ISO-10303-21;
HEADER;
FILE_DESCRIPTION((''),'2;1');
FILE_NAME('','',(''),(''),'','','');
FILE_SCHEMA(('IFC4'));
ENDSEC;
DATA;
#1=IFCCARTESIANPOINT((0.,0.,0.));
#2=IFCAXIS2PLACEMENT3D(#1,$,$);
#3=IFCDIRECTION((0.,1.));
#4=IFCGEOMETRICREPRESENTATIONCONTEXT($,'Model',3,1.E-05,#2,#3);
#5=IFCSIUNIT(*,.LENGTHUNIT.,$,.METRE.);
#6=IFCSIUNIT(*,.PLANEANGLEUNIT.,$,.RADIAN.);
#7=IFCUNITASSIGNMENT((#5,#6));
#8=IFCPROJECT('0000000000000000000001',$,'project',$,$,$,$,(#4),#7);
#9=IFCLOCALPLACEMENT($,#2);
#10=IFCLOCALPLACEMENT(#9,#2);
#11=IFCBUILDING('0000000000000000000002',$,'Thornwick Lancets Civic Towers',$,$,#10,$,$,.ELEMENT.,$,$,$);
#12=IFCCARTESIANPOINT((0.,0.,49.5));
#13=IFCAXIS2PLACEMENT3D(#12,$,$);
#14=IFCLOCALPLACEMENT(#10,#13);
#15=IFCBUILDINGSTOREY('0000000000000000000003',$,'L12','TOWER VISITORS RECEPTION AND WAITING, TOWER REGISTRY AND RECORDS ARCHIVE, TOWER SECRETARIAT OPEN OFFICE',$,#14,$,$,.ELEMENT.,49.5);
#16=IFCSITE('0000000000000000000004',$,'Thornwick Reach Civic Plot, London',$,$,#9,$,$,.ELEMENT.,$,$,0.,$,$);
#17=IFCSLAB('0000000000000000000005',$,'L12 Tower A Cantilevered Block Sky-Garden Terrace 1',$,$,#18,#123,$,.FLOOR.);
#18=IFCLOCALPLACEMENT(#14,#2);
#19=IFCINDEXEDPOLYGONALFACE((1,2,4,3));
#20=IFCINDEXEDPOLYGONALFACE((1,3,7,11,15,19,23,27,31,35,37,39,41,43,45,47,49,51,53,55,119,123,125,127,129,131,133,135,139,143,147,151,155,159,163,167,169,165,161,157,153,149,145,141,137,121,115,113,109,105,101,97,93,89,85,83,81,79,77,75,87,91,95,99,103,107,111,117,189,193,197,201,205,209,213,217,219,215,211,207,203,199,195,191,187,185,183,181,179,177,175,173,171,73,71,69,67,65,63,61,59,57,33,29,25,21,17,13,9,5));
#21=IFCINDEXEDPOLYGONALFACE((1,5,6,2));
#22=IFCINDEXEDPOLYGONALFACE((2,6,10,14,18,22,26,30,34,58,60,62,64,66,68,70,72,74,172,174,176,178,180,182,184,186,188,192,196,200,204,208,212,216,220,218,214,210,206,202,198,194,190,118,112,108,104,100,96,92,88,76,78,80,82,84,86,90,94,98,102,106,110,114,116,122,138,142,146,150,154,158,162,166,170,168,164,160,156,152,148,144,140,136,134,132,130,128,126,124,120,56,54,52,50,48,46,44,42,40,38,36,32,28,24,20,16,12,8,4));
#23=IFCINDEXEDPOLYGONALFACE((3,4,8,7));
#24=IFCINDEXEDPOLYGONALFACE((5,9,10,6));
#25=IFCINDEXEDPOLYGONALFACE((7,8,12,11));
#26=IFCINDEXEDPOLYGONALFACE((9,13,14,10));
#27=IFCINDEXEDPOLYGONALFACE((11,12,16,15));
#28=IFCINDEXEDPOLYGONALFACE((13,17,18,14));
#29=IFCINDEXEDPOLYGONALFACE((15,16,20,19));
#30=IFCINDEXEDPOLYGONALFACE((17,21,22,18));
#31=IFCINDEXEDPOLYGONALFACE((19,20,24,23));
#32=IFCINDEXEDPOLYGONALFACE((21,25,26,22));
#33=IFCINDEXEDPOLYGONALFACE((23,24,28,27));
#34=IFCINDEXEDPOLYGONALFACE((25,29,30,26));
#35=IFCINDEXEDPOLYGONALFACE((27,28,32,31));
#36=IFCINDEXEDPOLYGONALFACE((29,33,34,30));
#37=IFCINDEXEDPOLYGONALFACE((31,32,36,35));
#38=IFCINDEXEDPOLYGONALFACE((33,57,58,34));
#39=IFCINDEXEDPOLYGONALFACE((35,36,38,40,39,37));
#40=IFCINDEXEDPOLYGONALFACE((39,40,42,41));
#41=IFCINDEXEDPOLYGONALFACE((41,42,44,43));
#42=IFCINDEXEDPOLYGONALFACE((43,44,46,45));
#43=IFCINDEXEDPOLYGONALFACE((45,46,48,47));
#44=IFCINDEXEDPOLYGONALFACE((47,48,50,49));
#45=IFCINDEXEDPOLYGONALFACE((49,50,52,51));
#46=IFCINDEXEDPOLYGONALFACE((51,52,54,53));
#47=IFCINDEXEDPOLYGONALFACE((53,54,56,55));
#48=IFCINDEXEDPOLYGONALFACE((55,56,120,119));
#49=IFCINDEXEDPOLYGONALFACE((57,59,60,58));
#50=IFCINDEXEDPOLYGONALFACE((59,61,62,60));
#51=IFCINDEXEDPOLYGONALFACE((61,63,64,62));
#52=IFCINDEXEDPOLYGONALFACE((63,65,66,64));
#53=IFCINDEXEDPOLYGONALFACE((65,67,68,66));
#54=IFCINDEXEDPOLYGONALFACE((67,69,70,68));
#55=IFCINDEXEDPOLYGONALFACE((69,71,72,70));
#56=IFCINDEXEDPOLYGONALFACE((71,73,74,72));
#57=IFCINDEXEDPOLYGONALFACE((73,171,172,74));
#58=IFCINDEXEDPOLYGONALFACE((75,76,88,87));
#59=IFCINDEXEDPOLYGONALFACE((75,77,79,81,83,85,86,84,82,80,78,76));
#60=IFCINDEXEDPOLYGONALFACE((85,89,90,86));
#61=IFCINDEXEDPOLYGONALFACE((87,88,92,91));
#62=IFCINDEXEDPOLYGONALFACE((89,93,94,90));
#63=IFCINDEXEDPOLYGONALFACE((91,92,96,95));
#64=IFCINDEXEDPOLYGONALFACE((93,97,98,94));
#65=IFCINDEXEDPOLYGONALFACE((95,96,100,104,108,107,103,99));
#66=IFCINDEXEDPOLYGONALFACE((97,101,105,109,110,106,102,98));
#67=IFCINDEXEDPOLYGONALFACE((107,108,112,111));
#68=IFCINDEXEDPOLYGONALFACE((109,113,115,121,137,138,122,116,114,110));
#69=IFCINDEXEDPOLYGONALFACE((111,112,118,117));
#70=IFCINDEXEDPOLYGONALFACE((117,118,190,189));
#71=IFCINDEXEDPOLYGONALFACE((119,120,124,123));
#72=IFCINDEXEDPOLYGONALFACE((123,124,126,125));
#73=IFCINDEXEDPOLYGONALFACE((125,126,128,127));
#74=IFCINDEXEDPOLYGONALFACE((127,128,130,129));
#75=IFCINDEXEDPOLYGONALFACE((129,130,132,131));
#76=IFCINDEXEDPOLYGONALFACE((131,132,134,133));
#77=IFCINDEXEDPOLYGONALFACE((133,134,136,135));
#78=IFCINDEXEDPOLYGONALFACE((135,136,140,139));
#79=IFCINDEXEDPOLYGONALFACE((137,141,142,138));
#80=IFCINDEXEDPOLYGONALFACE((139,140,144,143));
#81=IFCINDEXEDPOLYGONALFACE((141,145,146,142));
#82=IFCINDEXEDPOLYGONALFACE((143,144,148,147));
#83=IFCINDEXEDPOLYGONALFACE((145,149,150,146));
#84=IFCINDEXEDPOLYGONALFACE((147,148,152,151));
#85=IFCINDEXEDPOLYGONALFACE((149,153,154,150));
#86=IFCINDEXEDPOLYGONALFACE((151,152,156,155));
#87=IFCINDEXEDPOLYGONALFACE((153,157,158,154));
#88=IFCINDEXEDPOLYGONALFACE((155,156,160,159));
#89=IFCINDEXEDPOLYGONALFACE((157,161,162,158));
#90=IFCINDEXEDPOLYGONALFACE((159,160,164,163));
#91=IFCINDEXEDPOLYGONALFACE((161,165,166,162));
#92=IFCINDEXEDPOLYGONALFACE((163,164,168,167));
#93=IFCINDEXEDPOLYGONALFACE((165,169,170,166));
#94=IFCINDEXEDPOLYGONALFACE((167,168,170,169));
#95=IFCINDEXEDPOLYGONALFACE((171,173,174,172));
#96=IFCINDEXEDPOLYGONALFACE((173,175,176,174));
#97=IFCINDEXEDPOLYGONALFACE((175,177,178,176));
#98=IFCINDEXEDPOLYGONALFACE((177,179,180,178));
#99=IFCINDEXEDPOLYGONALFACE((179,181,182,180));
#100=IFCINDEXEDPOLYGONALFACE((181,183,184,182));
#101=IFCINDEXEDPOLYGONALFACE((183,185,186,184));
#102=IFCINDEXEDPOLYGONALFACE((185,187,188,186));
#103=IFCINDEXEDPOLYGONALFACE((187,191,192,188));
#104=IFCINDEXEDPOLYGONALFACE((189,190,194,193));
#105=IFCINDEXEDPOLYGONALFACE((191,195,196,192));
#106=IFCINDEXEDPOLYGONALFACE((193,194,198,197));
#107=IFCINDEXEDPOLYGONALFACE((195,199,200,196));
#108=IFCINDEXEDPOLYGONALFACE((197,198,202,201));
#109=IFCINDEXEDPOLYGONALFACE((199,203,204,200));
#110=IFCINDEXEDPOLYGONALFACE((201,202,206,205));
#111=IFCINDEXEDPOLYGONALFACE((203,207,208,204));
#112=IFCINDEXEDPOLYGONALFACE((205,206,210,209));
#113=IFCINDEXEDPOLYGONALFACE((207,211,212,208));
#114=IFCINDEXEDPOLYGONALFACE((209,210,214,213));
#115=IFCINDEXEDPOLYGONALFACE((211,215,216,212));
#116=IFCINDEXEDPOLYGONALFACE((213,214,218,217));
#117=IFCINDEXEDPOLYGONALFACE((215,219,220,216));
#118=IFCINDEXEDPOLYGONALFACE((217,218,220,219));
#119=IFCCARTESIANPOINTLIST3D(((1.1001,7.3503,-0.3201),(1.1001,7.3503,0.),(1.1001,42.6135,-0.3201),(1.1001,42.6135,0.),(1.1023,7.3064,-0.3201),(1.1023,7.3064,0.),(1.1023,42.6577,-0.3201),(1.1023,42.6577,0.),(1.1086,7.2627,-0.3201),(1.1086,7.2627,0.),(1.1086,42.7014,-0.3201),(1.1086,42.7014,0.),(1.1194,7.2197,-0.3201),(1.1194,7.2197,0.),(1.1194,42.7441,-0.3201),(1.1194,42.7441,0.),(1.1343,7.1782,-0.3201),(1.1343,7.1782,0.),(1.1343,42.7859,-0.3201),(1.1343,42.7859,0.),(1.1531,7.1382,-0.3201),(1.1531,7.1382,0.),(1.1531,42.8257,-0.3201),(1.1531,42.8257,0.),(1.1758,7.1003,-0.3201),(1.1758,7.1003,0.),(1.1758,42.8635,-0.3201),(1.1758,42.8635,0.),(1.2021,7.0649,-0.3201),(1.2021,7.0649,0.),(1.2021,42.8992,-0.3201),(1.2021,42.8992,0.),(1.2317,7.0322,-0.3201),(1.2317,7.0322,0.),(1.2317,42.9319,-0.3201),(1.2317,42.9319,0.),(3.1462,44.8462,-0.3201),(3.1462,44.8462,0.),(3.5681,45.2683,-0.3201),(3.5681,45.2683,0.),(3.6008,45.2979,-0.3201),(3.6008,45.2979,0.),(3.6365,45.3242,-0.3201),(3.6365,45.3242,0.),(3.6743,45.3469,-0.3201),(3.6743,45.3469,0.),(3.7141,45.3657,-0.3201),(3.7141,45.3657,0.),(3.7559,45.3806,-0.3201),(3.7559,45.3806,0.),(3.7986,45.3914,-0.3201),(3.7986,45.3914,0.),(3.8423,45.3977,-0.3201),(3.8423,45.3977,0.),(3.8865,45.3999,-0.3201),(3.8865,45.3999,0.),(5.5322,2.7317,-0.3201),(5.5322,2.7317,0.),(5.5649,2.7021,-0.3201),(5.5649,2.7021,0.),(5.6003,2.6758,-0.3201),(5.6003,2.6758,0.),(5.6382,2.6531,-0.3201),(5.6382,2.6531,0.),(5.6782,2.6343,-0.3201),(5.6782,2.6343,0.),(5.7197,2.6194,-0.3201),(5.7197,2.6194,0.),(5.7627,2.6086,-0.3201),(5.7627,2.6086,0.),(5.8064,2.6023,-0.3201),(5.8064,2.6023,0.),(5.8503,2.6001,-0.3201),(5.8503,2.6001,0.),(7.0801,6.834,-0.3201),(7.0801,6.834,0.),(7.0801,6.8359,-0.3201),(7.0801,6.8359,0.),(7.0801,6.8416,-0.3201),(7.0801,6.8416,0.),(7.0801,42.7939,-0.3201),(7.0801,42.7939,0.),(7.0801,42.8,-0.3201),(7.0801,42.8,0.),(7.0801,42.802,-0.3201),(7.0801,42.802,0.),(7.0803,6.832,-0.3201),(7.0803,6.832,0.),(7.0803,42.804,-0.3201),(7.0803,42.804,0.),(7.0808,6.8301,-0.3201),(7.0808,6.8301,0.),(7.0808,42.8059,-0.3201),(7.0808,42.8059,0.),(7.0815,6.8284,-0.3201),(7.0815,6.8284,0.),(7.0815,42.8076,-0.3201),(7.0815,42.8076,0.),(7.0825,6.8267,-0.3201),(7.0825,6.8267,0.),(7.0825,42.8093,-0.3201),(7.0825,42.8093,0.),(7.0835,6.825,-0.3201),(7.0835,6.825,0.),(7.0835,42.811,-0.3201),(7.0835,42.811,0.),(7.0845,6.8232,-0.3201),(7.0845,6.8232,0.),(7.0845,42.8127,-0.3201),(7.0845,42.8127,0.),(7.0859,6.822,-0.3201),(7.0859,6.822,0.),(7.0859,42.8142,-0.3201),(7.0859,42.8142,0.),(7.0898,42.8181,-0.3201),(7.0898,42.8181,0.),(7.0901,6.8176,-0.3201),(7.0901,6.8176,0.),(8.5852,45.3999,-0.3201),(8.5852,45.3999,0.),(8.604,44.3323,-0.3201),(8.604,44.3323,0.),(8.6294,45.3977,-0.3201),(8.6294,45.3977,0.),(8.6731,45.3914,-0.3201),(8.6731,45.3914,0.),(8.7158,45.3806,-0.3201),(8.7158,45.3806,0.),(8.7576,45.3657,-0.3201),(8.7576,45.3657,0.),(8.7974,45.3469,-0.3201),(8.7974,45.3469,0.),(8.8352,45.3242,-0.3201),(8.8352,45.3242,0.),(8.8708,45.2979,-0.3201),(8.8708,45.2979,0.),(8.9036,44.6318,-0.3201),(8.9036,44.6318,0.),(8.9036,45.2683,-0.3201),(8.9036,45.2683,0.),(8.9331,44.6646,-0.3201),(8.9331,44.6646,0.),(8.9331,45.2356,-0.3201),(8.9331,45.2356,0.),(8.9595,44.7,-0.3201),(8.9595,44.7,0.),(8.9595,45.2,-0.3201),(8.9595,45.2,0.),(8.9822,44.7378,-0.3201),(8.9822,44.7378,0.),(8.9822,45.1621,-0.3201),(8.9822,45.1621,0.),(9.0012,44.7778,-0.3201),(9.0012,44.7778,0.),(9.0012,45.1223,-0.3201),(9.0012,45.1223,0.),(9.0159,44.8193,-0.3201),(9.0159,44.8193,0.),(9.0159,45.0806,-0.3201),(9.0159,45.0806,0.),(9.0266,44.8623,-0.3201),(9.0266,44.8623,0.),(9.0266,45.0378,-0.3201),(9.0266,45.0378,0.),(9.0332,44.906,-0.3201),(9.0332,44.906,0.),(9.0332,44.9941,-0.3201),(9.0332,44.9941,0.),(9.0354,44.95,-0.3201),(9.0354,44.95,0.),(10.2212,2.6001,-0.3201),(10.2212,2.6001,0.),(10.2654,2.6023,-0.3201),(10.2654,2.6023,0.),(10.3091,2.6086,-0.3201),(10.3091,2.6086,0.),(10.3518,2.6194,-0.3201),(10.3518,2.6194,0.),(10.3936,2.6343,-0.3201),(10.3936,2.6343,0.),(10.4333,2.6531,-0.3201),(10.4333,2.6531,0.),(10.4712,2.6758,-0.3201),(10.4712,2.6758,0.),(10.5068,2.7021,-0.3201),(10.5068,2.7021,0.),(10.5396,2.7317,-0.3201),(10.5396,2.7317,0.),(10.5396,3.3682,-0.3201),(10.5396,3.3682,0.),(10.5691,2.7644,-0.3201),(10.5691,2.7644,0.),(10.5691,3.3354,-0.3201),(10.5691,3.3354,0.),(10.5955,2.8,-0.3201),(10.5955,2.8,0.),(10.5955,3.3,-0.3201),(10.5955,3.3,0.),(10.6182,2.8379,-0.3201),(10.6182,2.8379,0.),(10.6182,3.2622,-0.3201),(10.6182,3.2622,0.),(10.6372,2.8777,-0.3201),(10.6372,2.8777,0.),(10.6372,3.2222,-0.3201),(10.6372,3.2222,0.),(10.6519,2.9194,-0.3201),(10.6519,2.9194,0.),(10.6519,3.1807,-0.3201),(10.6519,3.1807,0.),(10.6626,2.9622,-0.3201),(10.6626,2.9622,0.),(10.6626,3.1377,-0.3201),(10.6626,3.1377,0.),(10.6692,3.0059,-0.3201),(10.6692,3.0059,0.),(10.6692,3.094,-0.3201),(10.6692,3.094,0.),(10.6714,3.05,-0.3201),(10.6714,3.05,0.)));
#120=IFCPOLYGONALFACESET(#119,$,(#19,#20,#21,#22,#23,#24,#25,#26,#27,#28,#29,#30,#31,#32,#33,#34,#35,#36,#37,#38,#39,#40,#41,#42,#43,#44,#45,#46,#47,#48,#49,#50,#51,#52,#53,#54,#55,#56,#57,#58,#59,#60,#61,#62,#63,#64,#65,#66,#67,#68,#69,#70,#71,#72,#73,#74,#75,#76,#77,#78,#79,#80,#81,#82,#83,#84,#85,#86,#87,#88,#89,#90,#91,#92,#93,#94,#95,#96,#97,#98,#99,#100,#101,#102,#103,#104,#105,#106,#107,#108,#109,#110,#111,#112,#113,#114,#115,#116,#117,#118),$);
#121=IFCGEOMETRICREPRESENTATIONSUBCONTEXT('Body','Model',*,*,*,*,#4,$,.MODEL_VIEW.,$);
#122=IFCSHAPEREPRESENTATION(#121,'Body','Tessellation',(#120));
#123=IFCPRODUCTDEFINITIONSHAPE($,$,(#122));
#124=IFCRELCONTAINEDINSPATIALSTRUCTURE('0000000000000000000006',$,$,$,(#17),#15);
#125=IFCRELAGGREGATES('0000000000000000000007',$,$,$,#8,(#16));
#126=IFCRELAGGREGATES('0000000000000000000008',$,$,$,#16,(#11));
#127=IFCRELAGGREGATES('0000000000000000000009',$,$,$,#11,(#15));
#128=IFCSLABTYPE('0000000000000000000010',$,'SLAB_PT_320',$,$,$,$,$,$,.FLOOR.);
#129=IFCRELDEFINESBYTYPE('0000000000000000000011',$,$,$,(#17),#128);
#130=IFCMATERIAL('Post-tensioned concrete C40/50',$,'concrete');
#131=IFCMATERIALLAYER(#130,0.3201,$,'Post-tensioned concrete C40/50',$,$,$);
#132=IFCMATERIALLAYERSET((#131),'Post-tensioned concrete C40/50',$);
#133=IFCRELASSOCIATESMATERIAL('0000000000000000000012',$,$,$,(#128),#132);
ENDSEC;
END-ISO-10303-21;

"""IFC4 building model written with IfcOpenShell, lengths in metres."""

from ifc_helpers import new_model, si_unit, direction, frame, origin, place, context, subcontext, project, spatial, polyline, outline, extrude, material, layer, layer_set, type_object, element, save


model = new_model("IFC4")

# Units and contexts
model_context = context("Model", 3, precision=1e-05, world=origin(), true_north=direction((0.0, 1.0)))
body_context = subcontext(model_context, "Body", "Model", "MODEL_VIEW")
ifc_project = project(units=[si_unit("LENGTHUNIT", "METRE"), si_unit("PLANEANGLEUNIT", "RADIAN")], contexts=[model_context])

# Site, building, storey
site_placement = place(None, origin())
site = spatial("IfcSite", under=ifc_project, at=site_placement, Name="Thornwick Reach Civic Plot, London", CompositionType="ELEMENT", RefElevation=0.0)
building_placement = place(site_placement, origin())
building = spatial("IfcBuilding", under=site, at=building_placement, Name="Thornwick Lancets Civic Towers", CompositionType="ELEMENT")
storey_placement = place(building_placement, frame((0.0, 0.0, 49.5)))
storey = spatial("IfcBuildingStorey", under=building, at=storey_placement, Name="L12", Description="TOWER VISITORS RECEPTION AND WAITING, TOWER REGISTRY AND RECORDS ARCHIVE, TOWER SECRETARIAT OPEN OFFICE", CompositionType="ELEMENT", Elevation=49.5)

# Slab
ifc_material_1 = material(Name="Post-tensioned concrete C40/50", Category="concrete")
ifc_layer_1 = layer(ifc_material_1, 0.3201, Name="Post-tensioned concrete C40/50")
ifc_layer_set_1 = layer_set([ifc_layer_1], Name="Post-tensioned concrete C40/50")
slab_type_1 = type_object("IfcSlabType", Name="SLAB_PT_320", PredefinedType="FLOOR", material=ifc_layer_set_1)
slab_1_placement = place(storey_placement, frame((0.0, 0.0, -0.3201)))
element("IfcSlab", 1, at=slab_1_placement, inside=storey, type_object=slab_type_1, Name="L12 Tower A Cantilevered Block Sky-Garden Terrace 1", PredefinedType="FLOOR", context=body_context, shape_type="SweptSolid", body=[
    extrude(outline(polyline([(5.8064, 2.6023), (5.7627, 2.6086), (5.7197, 2.6194), (5.6782, 2.6343), (5.6382, 2.6531), (5.6003, 2.6758), (5.5649, 2.7021), (5.5322, 2.7317), (1.2317, 7.0322), (1.2021, 7.0649), (1.1758, 7.1003), (1.1531, 7.1382), (1.1343, 7.1782), (1.1194, 7.2197), (1.1086, 7.2627), (1.1023, 7.3064), (1.1001, 7.3503), (1.1001, 42.6135), (1.1023, 42.6577), (1.1086, 42.7014), (1.1194, 42.7441), (1.1343, 42.7859), (1.1531, 42.8257), (1.1758, 42.8635), (1.2021, 42.8992), (1.2317, 42.9319), (3.1462, 44.8462), (3.5681, 45.2683), (3.6008, 45.2979), (3.6365, 45.3242), (3.6743, 45.3469), (3.7141, 45.3657), (3.7559, 45.3806), (3.7986, 45.3914), (3.8423, 45.3977), (3.8865, 45.3999), (8.5852, 45.3999), (8.6294, 45.3977), (8.6731, 45.3914), (8.7158, 45.3806), (8.7576, 45.3657), (8.7974, 45.3469), (8.8352, 45.3242), (8.8708, 45.2979), (8.9036, 45.2683), (8.9331, 45.2356), (8.9595, 45.2), (8.9822, 45.1621), (9.0012, 45.1223), (9.0159, 45.0806), (9.0266, 45.0378), (9.0332, 44.9941), (9.0354, 44.95), (9.0332, 44.906), (9.0266, 44.8623), (9.0159, 44.8193), (9.0012, 44.7778), (8.9822, 44.7378), (8.9595, 44.7), (8.9331, 44.6646), (8.9036, 44.6318), (8.604, 44.3323), (7.0898, 42.8181), (7.0859, 42.8142), (7.0845, 42.8127), (7.0835, 42.811), (7.0825, 42.8093), (7.0815, 42.8076), (7.0808, 42.8059), (7.0803, 42.804), (7.0801, 42.802), (7.0801, 42.8), (7.0801, 42.7939), (7.0801, 6.8416), (7.0801, 6.8359), (7.0801, 6.834), (7.0803, 6.832), (7.0808, 6.8301), (7.0815, 6.8284), (7.0825, 6.8267), (7.0835, 6.825), (7.0845, 6.8232), (7.0859, 6.822), (7.0901, 6.8176), (10.5396, 3.3682), (10.5691, 3.3354), (10.5955, 3.3), (10.6182, 3.2622), (10.6372, 3.2222), (10.6519, 3.1807), (10.6626, 3.1377), (10.6692, 3.094), (10.6714, 3.05), (10.6692, 3.0059), (10.6626, 2.9622), (10.6519, 2.9194), (10.6372, 2.8777), (10.6182, 2.8379), (10.5955, 2.8), (10.5691, 2.7644), (10.5396, 2.7317), (10.5068, 2.7021), (10.4712, 2.6758), (10.4333, 2.6531), (10.3936, 2.6343), (10.3518, 2.6194), (10.3091, 2.6086), (10.2654, 2.6023), (10.2212, 2.6001), (5.8503, 2.6001), (5.8064, 2.6023)])), origin(), (0.0, 0.0, 1.0), 0.3201),
])

save(model, "model.ifc")
